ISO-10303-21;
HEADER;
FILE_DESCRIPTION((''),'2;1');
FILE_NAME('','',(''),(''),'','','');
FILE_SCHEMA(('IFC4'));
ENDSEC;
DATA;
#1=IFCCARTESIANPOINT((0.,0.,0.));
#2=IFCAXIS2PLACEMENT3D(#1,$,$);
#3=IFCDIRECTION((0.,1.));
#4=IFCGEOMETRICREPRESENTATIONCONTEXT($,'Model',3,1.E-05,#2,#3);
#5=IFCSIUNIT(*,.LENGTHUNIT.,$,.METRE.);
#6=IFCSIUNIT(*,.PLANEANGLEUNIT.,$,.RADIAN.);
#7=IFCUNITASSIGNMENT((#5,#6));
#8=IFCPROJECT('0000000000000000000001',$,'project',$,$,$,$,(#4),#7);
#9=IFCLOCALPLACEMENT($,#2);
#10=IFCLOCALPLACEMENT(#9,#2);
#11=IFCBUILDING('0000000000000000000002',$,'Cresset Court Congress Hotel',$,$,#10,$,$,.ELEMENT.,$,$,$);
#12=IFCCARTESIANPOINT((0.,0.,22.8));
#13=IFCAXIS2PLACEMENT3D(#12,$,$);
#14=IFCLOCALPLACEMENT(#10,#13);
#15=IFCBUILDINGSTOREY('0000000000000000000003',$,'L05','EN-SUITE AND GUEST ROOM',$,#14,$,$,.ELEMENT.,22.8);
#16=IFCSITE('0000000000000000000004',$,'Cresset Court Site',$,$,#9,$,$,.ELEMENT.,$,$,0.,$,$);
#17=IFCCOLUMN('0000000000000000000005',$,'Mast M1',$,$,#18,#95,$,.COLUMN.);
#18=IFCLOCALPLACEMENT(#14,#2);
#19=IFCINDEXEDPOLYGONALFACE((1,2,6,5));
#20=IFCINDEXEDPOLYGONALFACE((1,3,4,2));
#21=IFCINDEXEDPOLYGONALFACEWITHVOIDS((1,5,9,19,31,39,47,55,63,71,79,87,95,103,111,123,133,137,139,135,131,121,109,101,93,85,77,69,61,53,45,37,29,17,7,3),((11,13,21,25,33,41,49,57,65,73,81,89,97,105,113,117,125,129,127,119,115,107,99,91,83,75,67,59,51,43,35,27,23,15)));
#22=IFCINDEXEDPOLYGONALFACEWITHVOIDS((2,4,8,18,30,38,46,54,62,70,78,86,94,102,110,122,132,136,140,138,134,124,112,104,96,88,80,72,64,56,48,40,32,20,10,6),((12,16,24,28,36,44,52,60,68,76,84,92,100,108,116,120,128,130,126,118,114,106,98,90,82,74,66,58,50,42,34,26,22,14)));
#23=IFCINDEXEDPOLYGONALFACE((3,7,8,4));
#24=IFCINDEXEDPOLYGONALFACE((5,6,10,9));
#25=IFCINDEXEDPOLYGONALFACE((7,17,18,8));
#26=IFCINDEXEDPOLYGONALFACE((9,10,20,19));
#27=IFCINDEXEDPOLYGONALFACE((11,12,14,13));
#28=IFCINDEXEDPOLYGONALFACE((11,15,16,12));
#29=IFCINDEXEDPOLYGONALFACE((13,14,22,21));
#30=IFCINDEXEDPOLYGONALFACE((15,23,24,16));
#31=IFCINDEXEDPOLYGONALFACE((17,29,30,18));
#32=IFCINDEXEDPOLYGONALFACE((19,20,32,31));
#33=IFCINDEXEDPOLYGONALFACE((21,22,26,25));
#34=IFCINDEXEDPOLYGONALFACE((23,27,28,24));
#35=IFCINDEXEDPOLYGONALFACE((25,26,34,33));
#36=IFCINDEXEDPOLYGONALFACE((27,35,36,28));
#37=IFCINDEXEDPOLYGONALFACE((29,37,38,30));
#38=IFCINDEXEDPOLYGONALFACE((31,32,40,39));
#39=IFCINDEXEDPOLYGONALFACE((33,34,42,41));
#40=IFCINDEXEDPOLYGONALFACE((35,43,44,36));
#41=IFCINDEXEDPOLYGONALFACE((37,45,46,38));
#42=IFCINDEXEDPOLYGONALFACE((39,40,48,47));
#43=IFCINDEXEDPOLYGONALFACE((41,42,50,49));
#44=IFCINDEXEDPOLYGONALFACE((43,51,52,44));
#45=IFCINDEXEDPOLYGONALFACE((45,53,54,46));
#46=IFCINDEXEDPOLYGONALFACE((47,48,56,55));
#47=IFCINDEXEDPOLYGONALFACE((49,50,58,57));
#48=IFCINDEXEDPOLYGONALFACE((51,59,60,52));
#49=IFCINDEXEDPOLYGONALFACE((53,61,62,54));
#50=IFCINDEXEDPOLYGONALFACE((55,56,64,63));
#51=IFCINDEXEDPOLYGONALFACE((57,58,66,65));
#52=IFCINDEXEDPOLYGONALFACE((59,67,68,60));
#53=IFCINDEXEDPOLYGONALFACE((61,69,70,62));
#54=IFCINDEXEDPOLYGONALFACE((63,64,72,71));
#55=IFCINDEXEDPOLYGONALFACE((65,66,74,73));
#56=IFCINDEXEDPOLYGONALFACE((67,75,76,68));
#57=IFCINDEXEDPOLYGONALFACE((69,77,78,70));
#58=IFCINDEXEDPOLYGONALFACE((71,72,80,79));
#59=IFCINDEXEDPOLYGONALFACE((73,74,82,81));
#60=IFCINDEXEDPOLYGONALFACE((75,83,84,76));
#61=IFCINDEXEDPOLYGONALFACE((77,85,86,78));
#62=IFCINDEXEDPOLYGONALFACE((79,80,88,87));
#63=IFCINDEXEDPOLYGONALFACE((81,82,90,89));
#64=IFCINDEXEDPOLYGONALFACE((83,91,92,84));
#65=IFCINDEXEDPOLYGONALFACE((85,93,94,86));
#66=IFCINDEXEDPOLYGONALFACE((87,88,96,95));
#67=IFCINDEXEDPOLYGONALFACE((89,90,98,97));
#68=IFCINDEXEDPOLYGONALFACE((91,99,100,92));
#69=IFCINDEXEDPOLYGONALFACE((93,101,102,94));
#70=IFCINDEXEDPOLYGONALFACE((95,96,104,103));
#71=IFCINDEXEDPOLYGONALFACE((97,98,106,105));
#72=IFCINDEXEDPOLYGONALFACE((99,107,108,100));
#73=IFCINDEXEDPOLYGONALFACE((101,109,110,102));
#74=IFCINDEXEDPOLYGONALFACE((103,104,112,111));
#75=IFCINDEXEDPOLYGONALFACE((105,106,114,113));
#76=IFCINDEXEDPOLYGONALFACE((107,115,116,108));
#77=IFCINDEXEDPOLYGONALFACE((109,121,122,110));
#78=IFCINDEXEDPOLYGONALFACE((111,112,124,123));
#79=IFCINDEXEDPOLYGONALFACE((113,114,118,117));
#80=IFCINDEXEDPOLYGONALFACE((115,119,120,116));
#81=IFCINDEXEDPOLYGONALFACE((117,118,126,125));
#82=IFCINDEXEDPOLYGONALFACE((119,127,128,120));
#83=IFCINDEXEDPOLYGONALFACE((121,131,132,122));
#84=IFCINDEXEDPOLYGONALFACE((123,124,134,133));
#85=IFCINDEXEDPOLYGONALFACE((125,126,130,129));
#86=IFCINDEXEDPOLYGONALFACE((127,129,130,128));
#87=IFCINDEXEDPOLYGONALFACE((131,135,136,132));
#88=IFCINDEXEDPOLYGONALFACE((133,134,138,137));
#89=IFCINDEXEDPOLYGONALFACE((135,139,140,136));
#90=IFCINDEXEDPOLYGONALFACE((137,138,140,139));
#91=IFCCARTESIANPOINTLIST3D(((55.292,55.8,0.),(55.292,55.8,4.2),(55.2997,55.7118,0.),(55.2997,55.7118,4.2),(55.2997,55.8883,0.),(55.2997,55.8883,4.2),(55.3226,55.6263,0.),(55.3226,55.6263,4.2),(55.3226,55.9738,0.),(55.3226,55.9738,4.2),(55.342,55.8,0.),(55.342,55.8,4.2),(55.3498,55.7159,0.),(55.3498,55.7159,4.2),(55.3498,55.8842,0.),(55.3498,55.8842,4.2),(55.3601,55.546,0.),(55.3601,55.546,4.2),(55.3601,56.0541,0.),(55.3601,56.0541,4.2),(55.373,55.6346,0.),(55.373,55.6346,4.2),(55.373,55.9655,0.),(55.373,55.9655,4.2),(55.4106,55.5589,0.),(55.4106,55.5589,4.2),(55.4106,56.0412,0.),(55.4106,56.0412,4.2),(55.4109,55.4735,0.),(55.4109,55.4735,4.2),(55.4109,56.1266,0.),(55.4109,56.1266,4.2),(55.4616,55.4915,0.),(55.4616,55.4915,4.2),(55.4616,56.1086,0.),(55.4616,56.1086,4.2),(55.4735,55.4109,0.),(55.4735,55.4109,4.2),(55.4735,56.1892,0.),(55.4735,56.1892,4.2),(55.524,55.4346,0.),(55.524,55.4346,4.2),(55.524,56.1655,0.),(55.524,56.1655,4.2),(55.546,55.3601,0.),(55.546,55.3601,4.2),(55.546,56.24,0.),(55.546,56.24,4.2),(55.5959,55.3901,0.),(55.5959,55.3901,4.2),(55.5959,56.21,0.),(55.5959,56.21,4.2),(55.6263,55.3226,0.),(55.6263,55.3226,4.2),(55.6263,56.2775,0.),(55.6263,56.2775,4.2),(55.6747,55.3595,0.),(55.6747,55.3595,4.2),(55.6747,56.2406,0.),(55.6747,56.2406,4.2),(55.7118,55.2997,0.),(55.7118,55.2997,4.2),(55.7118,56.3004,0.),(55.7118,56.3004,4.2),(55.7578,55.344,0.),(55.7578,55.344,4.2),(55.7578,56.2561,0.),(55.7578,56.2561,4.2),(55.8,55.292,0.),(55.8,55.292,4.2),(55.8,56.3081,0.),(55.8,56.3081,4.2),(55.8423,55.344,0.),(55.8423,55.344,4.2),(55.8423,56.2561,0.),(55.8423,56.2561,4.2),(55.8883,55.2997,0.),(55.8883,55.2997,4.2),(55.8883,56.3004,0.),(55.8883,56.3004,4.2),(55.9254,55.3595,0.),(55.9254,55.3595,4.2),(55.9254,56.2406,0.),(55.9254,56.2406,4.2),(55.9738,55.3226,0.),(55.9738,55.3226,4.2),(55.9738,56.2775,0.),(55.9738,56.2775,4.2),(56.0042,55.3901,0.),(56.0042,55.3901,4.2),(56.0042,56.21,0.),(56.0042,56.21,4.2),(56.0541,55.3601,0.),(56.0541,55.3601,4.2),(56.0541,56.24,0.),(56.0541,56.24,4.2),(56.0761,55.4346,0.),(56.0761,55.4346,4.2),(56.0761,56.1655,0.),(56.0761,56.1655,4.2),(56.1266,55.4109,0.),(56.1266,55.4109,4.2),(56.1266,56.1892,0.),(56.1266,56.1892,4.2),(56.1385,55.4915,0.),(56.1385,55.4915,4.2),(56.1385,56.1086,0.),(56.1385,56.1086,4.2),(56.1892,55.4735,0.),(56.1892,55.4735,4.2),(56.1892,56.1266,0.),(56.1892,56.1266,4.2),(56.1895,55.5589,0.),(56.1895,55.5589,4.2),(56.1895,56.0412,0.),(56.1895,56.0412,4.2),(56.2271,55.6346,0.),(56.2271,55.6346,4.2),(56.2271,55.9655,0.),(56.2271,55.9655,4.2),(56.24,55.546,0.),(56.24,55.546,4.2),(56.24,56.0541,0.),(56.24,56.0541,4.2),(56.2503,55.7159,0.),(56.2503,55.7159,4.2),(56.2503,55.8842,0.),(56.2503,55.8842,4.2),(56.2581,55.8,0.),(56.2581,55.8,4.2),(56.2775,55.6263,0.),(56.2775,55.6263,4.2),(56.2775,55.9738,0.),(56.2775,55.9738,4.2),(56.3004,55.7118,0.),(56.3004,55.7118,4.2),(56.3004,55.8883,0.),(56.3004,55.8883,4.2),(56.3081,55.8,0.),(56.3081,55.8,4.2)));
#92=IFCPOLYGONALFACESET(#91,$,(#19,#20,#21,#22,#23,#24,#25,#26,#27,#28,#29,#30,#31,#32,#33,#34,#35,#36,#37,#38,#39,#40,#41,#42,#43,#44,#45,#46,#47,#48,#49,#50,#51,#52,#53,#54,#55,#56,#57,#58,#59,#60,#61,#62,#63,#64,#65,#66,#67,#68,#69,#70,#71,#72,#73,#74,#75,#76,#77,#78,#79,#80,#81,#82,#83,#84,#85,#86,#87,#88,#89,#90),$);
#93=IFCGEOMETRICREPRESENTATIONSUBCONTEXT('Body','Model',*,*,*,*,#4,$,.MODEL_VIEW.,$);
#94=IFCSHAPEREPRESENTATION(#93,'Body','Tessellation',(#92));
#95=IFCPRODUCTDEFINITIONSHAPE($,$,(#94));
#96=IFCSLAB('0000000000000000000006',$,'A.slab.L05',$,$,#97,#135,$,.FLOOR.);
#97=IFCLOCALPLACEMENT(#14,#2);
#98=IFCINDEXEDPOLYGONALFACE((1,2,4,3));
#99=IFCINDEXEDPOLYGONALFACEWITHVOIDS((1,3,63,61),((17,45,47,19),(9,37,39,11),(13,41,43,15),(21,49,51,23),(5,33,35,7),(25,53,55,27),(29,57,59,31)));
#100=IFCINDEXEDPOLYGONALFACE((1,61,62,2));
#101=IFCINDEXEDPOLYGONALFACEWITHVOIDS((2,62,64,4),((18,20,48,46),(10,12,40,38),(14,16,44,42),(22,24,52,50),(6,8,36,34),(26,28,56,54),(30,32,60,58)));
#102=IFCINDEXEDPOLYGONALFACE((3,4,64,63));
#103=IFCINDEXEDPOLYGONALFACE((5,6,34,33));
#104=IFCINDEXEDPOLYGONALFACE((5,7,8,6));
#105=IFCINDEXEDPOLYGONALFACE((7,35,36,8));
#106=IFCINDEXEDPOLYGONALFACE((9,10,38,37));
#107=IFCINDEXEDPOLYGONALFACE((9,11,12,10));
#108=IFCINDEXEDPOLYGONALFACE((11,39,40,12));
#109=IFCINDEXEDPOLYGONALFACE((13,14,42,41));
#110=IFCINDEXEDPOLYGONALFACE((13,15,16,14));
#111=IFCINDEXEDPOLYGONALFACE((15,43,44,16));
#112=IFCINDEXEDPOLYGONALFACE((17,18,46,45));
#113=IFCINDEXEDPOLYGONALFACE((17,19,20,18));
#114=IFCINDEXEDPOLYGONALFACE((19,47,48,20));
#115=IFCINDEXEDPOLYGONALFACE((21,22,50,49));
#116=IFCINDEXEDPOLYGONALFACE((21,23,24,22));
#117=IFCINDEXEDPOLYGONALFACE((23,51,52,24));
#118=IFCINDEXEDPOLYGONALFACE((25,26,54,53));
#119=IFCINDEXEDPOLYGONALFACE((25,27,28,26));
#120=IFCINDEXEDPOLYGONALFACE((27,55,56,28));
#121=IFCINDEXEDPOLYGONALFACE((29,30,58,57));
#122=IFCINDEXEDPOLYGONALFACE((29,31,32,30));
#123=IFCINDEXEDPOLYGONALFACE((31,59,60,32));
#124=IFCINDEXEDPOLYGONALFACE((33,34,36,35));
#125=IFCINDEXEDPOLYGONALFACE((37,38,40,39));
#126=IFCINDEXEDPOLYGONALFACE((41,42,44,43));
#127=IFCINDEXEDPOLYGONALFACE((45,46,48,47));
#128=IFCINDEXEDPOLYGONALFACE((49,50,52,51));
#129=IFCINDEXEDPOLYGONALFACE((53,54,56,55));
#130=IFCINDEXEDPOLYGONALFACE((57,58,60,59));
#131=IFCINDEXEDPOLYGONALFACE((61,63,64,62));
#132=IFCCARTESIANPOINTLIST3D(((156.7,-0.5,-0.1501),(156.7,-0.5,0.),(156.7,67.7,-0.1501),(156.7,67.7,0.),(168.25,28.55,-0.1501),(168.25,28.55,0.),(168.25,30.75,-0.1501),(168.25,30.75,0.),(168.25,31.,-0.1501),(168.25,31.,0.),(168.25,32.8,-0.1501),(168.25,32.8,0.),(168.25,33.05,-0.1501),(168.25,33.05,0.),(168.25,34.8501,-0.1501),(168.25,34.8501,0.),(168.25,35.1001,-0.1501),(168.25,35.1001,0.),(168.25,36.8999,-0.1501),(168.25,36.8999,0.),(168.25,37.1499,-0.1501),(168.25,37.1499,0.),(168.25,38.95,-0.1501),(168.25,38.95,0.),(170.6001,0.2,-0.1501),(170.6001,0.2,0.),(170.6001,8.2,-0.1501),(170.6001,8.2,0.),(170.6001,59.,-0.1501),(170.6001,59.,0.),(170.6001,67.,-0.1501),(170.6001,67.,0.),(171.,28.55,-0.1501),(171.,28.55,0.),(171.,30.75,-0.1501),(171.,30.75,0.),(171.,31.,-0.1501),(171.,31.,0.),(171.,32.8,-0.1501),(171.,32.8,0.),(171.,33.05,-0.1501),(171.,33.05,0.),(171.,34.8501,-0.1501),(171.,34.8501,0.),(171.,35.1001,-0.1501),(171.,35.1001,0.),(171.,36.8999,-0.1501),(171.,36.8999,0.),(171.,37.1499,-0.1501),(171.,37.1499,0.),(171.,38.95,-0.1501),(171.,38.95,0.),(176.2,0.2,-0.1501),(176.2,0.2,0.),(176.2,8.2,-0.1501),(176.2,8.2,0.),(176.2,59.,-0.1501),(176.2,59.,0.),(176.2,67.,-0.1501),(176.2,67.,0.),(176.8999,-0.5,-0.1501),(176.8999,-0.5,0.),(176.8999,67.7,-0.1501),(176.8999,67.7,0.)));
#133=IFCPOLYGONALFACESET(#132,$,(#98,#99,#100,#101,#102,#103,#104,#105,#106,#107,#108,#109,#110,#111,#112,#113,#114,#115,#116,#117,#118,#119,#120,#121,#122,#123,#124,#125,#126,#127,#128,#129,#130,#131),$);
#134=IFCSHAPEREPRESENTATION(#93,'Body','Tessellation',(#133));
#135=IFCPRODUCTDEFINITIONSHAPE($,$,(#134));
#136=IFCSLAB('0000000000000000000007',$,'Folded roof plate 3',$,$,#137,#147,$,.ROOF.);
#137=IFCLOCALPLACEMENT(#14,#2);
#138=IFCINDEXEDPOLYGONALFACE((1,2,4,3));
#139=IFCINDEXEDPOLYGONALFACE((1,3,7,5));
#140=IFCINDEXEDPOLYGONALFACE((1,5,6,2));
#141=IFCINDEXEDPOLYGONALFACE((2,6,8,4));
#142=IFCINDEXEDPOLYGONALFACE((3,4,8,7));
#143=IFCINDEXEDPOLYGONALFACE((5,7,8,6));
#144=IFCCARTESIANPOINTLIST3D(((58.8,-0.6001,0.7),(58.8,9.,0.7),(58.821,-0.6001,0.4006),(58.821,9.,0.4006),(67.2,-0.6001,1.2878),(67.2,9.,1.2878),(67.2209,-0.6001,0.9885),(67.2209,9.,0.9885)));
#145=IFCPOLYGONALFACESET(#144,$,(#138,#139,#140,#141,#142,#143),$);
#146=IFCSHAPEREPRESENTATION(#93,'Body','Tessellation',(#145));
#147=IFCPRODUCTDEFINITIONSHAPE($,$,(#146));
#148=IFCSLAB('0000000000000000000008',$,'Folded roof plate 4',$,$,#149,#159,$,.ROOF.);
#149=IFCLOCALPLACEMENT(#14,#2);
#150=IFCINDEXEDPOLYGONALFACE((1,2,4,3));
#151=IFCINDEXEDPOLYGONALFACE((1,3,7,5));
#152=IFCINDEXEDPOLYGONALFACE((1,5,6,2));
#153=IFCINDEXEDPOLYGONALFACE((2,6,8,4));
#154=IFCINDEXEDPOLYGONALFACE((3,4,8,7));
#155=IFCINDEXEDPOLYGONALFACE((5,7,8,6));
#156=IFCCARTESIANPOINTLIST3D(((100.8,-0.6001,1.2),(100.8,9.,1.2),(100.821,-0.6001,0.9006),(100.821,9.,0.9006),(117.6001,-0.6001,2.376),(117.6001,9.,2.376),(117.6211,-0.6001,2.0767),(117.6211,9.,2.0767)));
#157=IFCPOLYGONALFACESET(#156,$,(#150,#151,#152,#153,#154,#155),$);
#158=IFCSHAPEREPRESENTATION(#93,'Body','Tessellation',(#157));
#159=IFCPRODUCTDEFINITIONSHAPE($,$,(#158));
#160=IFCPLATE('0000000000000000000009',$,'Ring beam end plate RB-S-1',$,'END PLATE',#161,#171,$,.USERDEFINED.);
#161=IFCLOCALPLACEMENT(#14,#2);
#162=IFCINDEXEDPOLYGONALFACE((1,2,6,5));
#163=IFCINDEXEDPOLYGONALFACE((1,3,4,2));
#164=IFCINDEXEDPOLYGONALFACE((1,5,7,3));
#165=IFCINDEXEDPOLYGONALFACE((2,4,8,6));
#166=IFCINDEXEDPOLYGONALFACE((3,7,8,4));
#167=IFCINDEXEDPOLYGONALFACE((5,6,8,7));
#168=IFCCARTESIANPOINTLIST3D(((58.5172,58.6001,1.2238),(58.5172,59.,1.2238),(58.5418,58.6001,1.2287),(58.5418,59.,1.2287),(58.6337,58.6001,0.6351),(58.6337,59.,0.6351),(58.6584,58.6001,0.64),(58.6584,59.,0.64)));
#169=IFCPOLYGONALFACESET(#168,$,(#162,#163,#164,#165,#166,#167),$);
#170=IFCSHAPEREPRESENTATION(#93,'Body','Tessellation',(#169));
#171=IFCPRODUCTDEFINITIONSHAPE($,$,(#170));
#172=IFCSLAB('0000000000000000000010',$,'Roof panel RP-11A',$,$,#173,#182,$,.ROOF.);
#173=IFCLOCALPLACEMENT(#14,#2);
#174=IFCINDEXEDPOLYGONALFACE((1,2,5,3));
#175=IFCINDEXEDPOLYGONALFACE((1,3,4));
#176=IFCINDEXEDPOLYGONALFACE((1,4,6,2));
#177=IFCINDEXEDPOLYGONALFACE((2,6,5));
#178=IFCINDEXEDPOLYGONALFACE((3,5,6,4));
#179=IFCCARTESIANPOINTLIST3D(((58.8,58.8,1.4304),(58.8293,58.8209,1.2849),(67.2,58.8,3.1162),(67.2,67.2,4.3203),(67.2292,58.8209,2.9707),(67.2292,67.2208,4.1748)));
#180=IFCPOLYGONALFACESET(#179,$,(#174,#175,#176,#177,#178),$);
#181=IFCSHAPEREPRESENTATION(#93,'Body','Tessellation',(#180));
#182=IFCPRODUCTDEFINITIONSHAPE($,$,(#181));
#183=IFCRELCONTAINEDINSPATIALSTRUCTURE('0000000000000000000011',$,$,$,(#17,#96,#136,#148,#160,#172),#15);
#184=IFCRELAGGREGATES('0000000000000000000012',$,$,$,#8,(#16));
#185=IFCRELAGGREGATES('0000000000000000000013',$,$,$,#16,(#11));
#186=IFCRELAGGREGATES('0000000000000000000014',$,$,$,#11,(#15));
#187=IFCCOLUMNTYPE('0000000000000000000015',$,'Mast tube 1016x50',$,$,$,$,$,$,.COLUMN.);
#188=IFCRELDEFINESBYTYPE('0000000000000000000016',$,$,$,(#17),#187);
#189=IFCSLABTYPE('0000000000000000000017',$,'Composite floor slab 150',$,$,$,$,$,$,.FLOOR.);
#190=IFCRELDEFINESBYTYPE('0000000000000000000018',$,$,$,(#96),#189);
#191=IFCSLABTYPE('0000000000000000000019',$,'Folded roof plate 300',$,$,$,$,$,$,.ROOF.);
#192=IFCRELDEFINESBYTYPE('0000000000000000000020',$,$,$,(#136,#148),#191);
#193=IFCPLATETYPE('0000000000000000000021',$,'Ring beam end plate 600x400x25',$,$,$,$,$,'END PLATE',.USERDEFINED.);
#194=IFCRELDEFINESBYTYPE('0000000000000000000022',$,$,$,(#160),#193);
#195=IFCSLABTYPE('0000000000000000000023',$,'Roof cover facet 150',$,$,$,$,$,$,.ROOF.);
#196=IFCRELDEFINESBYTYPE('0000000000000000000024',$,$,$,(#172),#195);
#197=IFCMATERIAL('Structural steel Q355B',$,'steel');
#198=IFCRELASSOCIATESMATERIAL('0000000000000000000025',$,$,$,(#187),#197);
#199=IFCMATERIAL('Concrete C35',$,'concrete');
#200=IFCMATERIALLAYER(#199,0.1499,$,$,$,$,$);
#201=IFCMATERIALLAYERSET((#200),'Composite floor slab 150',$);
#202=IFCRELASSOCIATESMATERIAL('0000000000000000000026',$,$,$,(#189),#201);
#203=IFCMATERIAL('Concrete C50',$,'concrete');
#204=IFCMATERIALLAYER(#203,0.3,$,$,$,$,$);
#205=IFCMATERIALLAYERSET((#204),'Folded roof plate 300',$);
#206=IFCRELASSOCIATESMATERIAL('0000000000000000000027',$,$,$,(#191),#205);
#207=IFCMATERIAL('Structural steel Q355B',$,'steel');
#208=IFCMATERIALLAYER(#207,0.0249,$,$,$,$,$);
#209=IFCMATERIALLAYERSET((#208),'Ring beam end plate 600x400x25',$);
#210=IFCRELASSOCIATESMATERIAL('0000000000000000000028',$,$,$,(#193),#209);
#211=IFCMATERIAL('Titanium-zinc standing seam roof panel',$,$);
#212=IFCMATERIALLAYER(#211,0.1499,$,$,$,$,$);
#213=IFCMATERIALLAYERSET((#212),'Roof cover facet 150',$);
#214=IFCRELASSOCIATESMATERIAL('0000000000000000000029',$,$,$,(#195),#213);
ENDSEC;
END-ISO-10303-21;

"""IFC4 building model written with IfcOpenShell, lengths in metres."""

from ifc_helpers import new_model, si_unit, direction, frame, origin, origin_2d, place, context, subcontext, project, spatial, polyline, rectangle, hollow_circle, outline, extrude, material, layer, layer_set, material_profile, profile_set, type_object, element, save


model = new_model("IFC4")

# Units and contexts
model_context = context("Model", 3, precision=1e-05, world=origin(), true_north=direction((0.0, 1.0)))
body_context = subcontext(model_context, "Body", "Model", "MODEL_VIEW")
ifc_project = project(units=[si_unit("LENGTHUNIT", "METRE"), si_unit("PLANEANGLEUNIT", "RADIAN")], contexts=[model_context])

# Site, building, storey
site_placement = place(None, origin())
site = spatial("IfcSite", under=ifc_project, at=site_placement, Name="Cresset Court Site", CompositionType="ELEMENT", RefElevation=0.0)
building_placement = place(site_placement, origin())
building = spatial("IfcBuilding", under=site, at=building_placement, Name="Cresset Court Congress Hotel", CompositionType="ELEMENT")
storey_placement = place(building_placement, frame((0.0, 0.0, 22.8)))
storey = spatial("IfcBuildingStorey", under=building, at=storey_placement, Name="L05", Description="EN-SUITE AND GUEST ROOM", CompositionType="ELEMENT", Elevation=22.8)

# Column
ifc_material_1 = material(Name="Structural steel Q355B", Category="steel")
ifc_material_profile = material_profile(ifc_material_1, hollow_circle(Radius=0.5081, WallThickness=0.05, at=origin_2d()), Name="CHS1016x50")
ifc_profile_set = profile_set([ifc_material_profile], Name="Structural steel Q355B")
column_type = type_object("IfcColumnType", Name="Mast tube 1016x50", PredefinedType="COLUMN", material=ifc_profile_set)
column_placement = place(storey_placement, frame((55.8, 55.8, 0.0), z_axis=(0.0, 0.0, 1.0), x_axis=(1.0, 0.0, 0.0)))
element("IfcColumn", 1, at=column_placement, inside=storey, type_object=column_type, Name="Mast M1", PredefinedType="COLUMN", context=body_context, shape_type="SweptSolid", body=[
    extrude(hollow_circle(Radius=0.5081, WallThickness=0.05, at=origin_2d()), origin(), (0.0, 0.0, 1.0), 4.2),
])

# Slabs
ifc_material_2 = material(Name="Concrete C35", Category="concrete")
ifc_layer_1 = layer(ifc_material_2, 0.1499)
ifc_layer_set_1 = layer_set([ifc_layer_1], Name="Composite floor slab 150")
slab_type_1 = type_object("IfcSlabType", Name="Composite floor slab 150", PredefinedType="FLOOR", material=ifc_layer_set_1)
slab_1_placement = place(storey_placement, frame((0.0, 0.0, -0.1501)))
element("IfcSlab", 2, at=slab_1_placement, inside=storey, type_object=slab_type_1, Name="A.slab.L05", PredefinedType="FLOOR", context=body_context, shape_type="SweptSolid", body=[
    extrude(outline(polyline([(156.7, -0.5), (176.8999, -0.5), (176.8999, 67.7), (156.7, 67.7), (156.7, -0.5)]), holes=[polyline([(170.6001, 0.2), (176.2, 0.2), (176.2, 8.2), (170.6001, 8.2), (170.6001, 0.2)]), polyline([(170.6001, 59.0), (176.2, 59.0), (176.2, 67.0), (170.6001, 67.0), (170.6001, 59.0)]), polyline([(168.25, 28.55), (171.0, 28.55), (171.0, 30.75), (168.25, 30.75), (168.25, 28.55)]), polyline([(168.25, 31.0), (171.0, 31.0), (171.0, 32.8), (168.25, 32.8), (168.25, 31.0)]), polyline([(168.25, 33.05), (171.0, 33.05), (171.0, 34.8501), (168.25, 34.8501), (168.25, 33.05)]), polyline([(168.25, 35.1001), (171.0, 35.1001), (171.0, 36.8999), (168.25, 36.8999), (168.25, 35.1001)]), polyline([(168.25, 37.1499), (171.0, 37.1499), (171.0, 38.95), (168.25, 38.95), (168.25, 37.1499)])]), origin(), (0.0, 0.0, 1.0), 0.1501),
])
ifc_material_3 = material(Name="Concrete C50", Category="concrete")
ifc_layer_2 = layer(ifc_material_3, 0.3)
ifc_layer_set_2 = layer_set([ifc_layer_2], Name="Folded roof plate 300")
slab_type_2 = type_object("IfcSlabType", Name="Folded roof plate 300", PredefinedType="ROOF", material=ifc_layer_set_2)
slab_2_placement = place(storey_placement, frame((58.8, -0.6001, 0.7), z_axis=(-0.069817, 0.0, 0.99756), x_axis=(0.99756, 0.0, 0.069817)))
element("IfcSlab", 3, at=slab_2_placement, inside=storey, type_object=slab_type_2, Name="Folded roof plate 3", PredefinedType="ROOF", context=body_context, shape_type="SweptSolid", body=[
    extrude(outline(polyline([(0.0, 0.0), (8.4204, 0.0), (8.4204, 9.6001), (0.0, 9.6001), (0.0, 0.0)])), origin(), (0.0, 0.0, -1.0), 0.3),
])
slab_3_placement = place(storey_placement, frame((100.8, -0.6001, 1.2), z_axis=(-0.06983, 0.0, 0.997559), x_axis=(0.997559, 0.0, 0.06983)))
element("IfcSlab", 4, at=slab_3_placement, inside=storey, type_object=slab_type_2, Name="Folded roof plate 4", PredefinedType="ROOF", context=body_context, shape_type="SweptSolid", body=[
    extrude(outline(polyline([(0.0, 0.0), (16.8412, 0.0), (16.8412, 9.6001), (0.0, 9.6001), (0.0, 0.0)])), origin(), (0.0, 0.0, -1.0), 0.3),
])

# Plate
ifc_material_4 = material(Name="Structural steel Q355B", Category="steel")
ifc_layer_3 = layer(ifc_material_4, 0.0249)
ifc_layer_set_3 = layer_set([ifc_layer_3], Name="Ring beam end plate 600x400x25")
plate_type = type_object("IfcPlateType", Name="Ring beam end plate 600x400x25", ElementType="END PLATE", PredefinedType="USERDEFINED", material=ifc_layer_set_3)
plate_placement = place(storey_placement, frame((58.5754, 58.8, 0.9294), z_axis=(0.980952, 0.0, 0.194248), x_axis=(0.0, 1.0, 0.0)))
element("IfcPlate", 5, at=plate_placement, inside=storey, type_object=plate_type, Name="Ring beam end plate RB-S-1", ObjectType="END PLATE", PredefinedType="USERDEFINED", context=body_context, shape_type="SweptSolid", body=[
    extrude(rectangle(XDim=0.3999, YDim=0.6001, at=origin_2d()), origin(), (0.0, 0.0, 1.0), 0.0251),
])

# Slab
ifc_material_5 = material(Name="Titanium-zinc standing seam roof panel")
ifc_layer_4 = layer(ifc_material_5, 0.1499)
ifc_layer_set_4 = layer_set([ifc_layer_4], Name="Roof cover facet 150")
slab_type_3 = type_object("IfcSlabType", Name="Roof cover facet 150", PredefinedType="ROOF", material=ifc_layer_set_4)
slab_4_placement = place(storey_placement, frame((58.8, 58.8, 1.4304), z_axis=(-0.194853, -0.139177, 0.970908), x_axis=(0.98045, 0.0, 0.196768)))
element("IfcSlab", 6, at=slab_4_placement, inside=storey, type_object=slab_type_3, Name="Roof panel RP-11A", PredefinedType="ROOF", context=body_context, shape_type="SweptSolid", body=[
    extrude(outline(polyline([(0.0, 0.0), (8.5674, 0.0), (8.8043, 8.4825), (0.0, 0.0)])), origin(), (0.0, 0.0, -1.0), 0.1499),
])

save(model, "model.ifc")
